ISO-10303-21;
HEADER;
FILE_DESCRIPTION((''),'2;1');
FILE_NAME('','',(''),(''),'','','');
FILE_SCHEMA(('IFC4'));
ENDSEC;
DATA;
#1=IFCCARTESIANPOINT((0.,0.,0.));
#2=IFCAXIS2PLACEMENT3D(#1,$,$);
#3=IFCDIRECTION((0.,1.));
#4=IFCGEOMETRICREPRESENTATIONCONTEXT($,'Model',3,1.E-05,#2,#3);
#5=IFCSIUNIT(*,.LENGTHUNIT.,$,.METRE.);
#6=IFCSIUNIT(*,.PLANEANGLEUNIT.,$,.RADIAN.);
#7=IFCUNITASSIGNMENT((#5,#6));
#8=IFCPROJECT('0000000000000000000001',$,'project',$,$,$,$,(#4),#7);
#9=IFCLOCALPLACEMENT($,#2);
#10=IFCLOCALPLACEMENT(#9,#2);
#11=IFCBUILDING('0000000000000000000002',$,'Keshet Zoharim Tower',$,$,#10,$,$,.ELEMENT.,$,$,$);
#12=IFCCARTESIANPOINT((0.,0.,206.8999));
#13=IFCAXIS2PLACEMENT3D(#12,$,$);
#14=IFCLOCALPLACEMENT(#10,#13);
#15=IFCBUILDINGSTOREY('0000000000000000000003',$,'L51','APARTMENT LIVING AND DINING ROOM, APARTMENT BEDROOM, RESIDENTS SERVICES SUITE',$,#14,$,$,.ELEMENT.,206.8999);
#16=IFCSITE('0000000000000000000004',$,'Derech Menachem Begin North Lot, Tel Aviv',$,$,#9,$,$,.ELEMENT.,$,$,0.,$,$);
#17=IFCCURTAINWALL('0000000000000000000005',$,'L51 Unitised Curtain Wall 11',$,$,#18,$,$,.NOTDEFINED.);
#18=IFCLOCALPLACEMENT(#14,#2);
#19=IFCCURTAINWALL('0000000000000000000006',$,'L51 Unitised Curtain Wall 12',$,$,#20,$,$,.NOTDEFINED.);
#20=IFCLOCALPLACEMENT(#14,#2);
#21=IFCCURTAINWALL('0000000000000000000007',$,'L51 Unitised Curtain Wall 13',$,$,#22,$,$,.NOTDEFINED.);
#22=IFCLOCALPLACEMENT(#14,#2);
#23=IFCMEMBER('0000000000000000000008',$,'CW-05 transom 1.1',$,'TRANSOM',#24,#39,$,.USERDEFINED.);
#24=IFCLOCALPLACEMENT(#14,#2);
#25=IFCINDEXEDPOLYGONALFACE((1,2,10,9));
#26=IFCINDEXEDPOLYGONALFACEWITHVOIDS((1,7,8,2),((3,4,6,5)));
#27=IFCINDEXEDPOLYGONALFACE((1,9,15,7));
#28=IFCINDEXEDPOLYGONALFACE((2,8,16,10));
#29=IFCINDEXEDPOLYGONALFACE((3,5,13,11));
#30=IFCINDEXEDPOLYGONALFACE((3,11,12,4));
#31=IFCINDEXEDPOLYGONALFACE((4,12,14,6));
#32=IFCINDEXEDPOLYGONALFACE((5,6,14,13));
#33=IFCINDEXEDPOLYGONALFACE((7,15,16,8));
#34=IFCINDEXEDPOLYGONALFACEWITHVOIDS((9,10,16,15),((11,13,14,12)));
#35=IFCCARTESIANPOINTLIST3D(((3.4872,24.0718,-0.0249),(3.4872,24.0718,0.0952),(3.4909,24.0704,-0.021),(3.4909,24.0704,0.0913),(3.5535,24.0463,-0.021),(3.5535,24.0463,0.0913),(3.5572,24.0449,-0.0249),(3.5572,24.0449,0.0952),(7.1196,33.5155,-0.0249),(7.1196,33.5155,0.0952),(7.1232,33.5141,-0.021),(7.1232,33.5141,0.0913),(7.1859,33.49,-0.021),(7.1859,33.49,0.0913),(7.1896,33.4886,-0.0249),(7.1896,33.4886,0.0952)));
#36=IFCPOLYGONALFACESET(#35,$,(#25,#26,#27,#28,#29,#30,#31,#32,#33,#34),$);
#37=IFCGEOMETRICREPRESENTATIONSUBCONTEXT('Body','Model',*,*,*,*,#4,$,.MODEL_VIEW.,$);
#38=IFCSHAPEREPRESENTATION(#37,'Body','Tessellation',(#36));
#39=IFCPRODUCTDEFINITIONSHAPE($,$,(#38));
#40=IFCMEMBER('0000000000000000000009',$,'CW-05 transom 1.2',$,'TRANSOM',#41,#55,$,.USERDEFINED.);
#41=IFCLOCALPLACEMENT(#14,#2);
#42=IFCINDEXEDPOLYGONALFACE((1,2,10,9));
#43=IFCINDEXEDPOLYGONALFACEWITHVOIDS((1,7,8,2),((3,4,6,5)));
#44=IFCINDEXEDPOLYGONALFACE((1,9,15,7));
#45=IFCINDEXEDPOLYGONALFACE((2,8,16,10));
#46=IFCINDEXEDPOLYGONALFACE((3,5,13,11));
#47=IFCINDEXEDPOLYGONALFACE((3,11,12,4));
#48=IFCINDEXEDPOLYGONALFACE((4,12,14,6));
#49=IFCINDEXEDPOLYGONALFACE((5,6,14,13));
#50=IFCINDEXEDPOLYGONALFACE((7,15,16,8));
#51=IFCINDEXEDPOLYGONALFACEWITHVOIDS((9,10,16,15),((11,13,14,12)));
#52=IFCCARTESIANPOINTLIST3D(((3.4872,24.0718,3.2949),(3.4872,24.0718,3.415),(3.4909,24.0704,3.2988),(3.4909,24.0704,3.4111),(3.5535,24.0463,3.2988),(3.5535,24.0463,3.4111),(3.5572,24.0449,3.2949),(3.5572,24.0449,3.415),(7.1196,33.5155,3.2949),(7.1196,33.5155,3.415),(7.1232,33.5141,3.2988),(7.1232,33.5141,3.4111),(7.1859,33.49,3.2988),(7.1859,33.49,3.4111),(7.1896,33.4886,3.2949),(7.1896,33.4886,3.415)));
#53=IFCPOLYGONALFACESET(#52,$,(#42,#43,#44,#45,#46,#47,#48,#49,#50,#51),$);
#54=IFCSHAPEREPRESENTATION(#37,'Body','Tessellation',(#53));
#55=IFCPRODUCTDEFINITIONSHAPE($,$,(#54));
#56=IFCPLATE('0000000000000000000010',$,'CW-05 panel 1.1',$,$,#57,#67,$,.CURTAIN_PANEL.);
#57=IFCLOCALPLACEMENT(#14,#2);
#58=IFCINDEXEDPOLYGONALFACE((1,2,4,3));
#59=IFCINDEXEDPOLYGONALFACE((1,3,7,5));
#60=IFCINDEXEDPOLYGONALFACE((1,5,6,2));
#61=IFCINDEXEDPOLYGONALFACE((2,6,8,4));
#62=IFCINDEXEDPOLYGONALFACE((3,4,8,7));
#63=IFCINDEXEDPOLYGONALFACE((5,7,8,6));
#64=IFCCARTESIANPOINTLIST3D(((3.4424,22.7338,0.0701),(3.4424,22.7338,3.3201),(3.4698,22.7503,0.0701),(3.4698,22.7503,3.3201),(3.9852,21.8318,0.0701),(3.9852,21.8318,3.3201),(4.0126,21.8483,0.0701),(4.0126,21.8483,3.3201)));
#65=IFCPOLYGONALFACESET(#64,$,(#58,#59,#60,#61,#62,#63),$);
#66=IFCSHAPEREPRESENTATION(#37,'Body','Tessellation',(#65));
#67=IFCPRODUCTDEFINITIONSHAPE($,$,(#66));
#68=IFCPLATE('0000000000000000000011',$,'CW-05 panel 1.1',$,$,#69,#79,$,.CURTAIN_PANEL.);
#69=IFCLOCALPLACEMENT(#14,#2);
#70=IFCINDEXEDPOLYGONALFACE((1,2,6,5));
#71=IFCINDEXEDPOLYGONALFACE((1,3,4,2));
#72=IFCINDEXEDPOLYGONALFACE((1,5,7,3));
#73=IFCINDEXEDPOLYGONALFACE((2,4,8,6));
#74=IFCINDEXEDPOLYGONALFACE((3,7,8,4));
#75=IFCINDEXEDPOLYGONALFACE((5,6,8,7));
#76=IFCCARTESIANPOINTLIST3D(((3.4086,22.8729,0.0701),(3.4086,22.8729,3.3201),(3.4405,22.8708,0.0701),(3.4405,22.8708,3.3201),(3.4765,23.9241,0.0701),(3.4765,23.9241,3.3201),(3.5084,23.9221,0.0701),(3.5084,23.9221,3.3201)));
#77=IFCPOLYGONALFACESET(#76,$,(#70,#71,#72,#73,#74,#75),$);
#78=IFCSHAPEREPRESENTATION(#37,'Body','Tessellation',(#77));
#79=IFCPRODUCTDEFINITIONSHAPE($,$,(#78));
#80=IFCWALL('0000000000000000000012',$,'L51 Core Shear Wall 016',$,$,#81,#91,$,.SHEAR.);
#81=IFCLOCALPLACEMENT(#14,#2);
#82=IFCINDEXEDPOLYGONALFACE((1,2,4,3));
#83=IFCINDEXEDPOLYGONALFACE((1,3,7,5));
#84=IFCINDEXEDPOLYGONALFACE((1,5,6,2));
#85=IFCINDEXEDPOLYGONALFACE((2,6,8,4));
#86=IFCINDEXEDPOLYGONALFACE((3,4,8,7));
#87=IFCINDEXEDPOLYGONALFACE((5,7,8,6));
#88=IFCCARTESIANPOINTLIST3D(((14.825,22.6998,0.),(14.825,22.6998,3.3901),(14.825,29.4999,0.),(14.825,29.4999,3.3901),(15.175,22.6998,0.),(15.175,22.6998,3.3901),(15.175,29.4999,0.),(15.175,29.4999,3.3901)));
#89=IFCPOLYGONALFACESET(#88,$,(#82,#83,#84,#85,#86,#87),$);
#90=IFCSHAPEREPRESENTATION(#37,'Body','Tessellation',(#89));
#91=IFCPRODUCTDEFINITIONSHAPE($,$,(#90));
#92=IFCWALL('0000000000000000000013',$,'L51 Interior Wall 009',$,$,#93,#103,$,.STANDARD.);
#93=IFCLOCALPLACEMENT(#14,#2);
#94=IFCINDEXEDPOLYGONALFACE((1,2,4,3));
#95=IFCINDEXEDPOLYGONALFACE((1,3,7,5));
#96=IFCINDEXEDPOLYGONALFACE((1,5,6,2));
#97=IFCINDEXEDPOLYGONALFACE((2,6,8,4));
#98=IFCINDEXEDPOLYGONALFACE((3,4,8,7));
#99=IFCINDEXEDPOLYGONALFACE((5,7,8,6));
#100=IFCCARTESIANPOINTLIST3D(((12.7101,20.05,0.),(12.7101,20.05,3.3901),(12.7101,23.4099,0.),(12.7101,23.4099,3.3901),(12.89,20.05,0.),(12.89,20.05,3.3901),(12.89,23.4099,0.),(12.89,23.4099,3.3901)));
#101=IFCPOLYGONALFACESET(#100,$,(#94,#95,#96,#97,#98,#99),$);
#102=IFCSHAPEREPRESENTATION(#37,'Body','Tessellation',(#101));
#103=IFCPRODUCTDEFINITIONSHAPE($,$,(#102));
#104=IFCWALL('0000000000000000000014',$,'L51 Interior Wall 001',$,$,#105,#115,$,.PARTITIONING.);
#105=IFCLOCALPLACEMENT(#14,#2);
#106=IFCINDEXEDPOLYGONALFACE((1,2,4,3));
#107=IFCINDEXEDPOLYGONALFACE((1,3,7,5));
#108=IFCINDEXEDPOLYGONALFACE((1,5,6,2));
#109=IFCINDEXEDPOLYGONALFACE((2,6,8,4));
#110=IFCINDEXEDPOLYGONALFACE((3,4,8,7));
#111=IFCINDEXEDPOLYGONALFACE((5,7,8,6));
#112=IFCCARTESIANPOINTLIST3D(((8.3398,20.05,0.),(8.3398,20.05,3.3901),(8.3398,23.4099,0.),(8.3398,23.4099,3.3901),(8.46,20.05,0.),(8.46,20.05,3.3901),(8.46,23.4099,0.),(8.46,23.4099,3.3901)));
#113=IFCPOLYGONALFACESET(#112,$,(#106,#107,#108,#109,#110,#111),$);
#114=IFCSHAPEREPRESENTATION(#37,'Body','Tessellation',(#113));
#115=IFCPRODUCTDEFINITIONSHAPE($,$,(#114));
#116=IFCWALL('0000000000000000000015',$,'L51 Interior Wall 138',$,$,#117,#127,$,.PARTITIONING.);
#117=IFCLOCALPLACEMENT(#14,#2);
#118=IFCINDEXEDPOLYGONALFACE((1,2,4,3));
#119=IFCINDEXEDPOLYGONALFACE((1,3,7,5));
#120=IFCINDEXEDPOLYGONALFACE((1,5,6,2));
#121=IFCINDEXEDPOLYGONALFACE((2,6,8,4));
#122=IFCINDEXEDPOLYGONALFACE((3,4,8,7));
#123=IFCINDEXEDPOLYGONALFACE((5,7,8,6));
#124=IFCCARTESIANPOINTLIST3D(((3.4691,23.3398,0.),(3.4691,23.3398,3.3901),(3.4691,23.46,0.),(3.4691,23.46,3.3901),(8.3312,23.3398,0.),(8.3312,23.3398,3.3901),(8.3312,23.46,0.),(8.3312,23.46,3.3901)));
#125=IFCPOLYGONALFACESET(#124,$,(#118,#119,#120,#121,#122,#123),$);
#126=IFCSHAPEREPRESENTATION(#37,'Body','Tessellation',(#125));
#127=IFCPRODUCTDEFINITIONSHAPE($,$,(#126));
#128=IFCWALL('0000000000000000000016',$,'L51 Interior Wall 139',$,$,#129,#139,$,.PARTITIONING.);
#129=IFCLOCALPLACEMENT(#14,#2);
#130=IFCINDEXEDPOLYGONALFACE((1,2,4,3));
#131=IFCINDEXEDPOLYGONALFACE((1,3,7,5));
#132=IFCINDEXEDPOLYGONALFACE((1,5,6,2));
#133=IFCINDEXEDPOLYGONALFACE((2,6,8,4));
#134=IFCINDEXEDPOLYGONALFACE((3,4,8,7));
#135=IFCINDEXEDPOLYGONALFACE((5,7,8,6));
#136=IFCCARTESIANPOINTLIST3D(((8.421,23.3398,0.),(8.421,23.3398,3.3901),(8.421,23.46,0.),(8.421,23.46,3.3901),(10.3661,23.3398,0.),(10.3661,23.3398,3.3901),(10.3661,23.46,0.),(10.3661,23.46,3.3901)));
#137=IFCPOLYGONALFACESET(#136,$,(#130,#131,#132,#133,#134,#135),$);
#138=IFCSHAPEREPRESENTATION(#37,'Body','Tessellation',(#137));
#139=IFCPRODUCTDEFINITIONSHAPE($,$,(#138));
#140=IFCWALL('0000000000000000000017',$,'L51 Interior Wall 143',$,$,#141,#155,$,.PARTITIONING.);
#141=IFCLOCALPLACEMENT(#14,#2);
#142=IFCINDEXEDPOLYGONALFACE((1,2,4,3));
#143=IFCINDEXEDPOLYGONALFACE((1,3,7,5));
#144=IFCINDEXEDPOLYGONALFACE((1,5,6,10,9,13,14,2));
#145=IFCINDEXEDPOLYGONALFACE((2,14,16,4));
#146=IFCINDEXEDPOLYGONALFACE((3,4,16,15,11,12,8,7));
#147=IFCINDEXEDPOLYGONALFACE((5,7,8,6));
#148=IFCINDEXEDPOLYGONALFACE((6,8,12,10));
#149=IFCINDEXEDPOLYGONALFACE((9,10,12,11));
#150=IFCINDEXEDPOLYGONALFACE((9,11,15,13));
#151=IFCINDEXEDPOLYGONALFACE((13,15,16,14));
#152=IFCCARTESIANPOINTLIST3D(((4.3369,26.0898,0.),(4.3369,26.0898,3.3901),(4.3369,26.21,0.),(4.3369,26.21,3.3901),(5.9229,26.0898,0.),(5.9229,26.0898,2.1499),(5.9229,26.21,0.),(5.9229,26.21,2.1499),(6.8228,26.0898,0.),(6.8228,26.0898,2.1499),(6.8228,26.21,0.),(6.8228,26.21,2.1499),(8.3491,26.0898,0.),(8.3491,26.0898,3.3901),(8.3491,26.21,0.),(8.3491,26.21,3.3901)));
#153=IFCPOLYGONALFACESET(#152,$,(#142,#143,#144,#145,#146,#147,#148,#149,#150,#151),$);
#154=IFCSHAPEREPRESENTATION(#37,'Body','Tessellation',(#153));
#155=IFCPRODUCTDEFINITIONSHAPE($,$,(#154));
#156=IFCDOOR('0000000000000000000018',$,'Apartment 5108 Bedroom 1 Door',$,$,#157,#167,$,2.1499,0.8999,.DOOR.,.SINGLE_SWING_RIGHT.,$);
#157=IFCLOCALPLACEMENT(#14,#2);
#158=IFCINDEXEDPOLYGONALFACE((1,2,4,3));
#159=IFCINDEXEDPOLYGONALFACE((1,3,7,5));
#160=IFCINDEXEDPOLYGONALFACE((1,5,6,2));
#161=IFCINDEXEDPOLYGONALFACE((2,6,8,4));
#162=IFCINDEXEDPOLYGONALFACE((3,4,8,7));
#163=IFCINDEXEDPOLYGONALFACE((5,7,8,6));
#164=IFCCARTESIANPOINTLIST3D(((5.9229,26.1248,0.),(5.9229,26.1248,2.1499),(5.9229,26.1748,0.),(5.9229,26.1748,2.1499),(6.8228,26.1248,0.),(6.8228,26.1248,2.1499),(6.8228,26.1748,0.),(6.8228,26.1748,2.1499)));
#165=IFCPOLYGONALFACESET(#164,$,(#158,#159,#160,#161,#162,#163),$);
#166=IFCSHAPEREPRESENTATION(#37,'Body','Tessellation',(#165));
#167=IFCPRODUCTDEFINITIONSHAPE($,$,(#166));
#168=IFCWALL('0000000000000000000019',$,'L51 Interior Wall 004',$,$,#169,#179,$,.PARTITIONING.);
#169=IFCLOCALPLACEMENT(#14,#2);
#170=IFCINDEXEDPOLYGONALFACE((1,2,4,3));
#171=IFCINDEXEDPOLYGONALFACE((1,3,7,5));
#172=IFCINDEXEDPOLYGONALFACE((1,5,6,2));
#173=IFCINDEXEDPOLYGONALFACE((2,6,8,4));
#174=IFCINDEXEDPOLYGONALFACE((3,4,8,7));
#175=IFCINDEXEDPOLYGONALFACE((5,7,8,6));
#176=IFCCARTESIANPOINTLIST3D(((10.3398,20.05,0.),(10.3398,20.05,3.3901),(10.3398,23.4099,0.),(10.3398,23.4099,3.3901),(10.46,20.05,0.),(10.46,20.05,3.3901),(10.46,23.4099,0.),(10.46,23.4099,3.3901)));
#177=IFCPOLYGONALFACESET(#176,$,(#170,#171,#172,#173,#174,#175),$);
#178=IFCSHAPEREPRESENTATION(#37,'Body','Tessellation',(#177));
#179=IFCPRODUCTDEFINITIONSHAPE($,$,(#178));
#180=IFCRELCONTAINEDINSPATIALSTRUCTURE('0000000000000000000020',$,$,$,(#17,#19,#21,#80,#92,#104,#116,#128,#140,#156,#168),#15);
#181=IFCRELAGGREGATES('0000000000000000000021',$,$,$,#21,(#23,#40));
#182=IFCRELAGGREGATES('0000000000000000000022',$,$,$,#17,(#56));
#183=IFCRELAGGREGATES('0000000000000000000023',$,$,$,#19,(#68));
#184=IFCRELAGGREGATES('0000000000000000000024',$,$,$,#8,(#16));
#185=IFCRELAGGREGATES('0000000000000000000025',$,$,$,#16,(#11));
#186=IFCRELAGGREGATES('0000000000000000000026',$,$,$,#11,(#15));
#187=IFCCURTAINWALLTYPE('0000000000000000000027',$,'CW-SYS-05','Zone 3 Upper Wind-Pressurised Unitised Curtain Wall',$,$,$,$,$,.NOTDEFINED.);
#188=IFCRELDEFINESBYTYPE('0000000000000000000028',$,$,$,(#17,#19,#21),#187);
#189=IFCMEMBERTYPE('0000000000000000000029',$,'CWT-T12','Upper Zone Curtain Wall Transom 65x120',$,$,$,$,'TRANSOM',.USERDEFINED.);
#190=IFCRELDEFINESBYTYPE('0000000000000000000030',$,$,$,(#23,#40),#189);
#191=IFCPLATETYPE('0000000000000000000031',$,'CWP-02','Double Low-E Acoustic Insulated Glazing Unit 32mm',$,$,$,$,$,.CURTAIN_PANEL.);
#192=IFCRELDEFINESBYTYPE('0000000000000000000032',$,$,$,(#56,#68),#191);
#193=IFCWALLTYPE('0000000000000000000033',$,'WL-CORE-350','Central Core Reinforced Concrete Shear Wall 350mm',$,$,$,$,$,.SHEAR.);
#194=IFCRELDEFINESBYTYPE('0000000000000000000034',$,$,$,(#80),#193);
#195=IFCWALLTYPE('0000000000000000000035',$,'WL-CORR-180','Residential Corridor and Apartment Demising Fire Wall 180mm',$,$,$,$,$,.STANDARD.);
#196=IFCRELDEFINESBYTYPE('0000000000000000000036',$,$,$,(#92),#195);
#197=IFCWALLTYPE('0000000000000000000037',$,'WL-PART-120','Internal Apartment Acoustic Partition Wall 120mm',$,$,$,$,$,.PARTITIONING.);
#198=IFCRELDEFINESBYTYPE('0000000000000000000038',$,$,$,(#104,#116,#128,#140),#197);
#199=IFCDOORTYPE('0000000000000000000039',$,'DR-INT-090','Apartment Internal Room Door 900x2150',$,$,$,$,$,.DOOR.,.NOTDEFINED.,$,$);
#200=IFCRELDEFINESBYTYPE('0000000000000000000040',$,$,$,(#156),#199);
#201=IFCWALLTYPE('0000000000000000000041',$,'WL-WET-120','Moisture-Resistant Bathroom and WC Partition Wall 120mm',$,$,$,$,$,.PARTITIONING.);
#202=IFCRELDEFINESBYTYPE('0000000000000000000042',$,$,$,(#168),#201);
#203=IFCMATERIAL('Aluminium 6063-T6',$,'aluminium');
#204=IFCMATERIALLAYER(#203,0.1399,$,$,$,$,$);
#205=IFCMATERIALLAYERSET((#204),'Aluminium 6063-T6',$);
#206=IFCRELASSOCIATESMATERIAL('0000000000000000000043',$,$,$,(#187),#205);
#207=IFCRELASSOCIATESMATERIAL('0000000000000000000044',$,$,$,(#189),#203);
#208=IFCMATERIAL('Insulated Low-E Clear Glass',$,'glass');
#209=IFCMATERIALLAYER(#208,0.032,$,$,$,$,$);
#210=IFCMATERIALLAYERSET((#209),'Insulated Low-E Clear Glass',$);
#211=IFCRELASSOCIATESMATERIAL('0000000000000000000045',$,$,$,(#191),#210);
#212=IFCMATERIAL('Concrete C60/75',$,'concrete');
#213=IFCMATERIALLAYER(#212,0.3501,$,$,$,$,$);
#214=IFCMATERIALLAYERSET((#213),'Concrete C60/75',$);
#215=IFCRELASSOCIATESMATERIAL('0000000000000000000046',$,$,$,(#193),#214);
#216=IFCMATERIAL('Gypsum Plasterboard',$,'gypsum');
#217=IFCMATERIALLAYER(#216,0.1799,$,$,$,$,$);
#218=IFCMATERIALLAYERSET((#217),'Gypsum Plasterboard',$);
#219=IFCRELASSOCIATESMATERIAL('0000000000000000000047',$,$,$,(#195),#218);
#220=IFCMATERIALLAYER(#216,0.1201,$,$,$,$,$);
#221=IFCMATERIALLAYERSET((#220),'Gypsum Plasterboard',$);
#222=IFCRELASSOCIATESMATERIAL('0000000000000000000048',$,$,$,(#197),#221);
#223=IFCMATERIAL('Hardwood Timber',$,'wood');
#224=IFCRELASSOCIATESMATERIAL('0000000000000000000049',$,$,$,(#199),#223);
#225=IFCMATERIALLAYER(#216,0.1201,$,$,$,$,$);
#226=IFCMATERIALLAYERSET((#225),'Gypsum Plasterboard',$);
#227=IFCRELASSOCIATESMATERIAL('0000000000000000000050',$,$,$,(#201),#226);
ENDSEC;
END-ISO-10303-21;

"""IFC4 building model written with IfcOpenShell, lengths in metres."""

from ifc_helpers import new_model, si_unit, direction, frame, frame_2d, origin, origin_2d, place, context, subcontext, project, spatial, rectangle, hollow_rectangle, extrude, material, layer, layer_set, material_profile, profile_set, type_object, element, fill, aggregate, save


model = new_model("IFC4")

# Units and contexts
model_context = context("Model", 3, precision=1e-05, world=origin(), true_north=direction((0.0, 1.0)))
body_context = subcontext(model_context, "Body", "Model", "MODEL_VIEW")
ifc_project = project(units=[si_unit("LENGTHUNIT", "METRE"), si_unit("PLANEANGLEUNIT", "RADIAN")], contexts=[model_context])

# Site, building, storey
site_placement = place(None, origin())
site = spatial("IfcSite", under=ifc_project, at=site_placement, Name="Derech Menachem Begin North Lot, Tel Aviv", CompositionType="ELEMENT", RefElevation=0.0)
building_placement = place(site_placement, origin())
building = spatial("IfcBuilding", under=site, at=building_placement, Name="Keshet Zoharim Tower", CompositionType="ELEMENT")
storey_placement = place(building_placement, frame((0.0, 0.0, 206.8999)))
storey = spatial("IfcBuildingStorey", under=building, at=storey_placement, Name="L51", Description="APARTMENT LIVING AND DINING ROOM, APARTMENT BEDROOM, RESIDENTS SERVICES SUITE", CompositionType="ELEMENT", Elevation=206.8999)

# Shared definitions
ifc_material_1 = material(Name="Aluminium 6063-T6", Category="aluminium")
ifc_layer_1 = layer(ifc_material_1, 0.1399)
ifc_layer_set_1 = layer_set([ifc_layer_1], Name="Aluminium 6063-T6")
curtain_wall_type = type_object("IfcCurtainWallType", Name="CW-SYS-05", Description="Zone 3 Upper Wind-Pressurised Unitised Curtain Wall", PredefinedType="NOTDEFINED", material=ifc_layer_set_1)

# Curtain walls
curtain_wall_1_placement = place(storey_placement, origin())
curtain_wall_1 = element("IfcCurtainWall", 1, at=curtain_wall_1_placement, inside=storey, type_object=curtain_wall_type, Name="L51 Unitised Curtain Wall 11", PredefinedType="NOTDEFINED")
curtain_wall_2_placement = place(storey_placement, origin())
curtain_wall_2 = element("IfcCurtainWall", 2, at=curtain_wall_2_placement, inside=storey, type_object=curtain_wall_type, Name="L51 Unitised Curtain Wall 12", PredefinedType="NOTDEFINED")

# Curtain wall
curtain_wall_3_placement = place(storey_placement, origin())
curtain_wall_3 = element("IfcCurtainWall", 3, at=curtain_wall_3_placement, inside=storey, type_object=curtain_wall_type, Name="L51 Unitised Curtain Wall 13", PredefinedType="NOTDEFINED")

# Members
ifc_material_profile_1 = material_profile(ifc_material_1, hollow_rectangle(XDim=0.075, YDim=0.1201, WallThickness=0.0039, at=origin_2d()), Name="TRN-75x120")
ifc_profile_set_1 = profile_set([ifc_material_profile_1], Name="Aluminium 6063-T6")
member_type_1 = type_object("IfcMemberType", Name="CWT-T12", Description="Upper Zone Curtain Wall Transom 65x120", ElementType="TRANSOM", PredefinedType="USERDEFINED", material=ifc_profile_set_1)
member_1_placement = place(storey_placement, frame((3.5222, 24.0583, 0.0352), z_axis=(0.358994, 0.93334, 0.0), x_axis=(-0.93334, 0.358994, 0.0)))
member_1 = element("IfcMember", 4, at=member_1_placement, type_object=member_type_1, Name="CW-05 transom 1.1", ObjectType="TRANSOM", PredefinedType="USERDEFINED", context=body_context, shape_type="SweptSolid", body=[
    extrude(hollow_rectangle(XDim=0.075, YDim=0.1201, WallThickness=0.0039, at=origin_2d()), origin(), (0.0, 0.0, 1.0), 10.1182),
])
member_2_placement = place(storey_placement, frame((3.5222, 24.0583, 3.355), z_axis=(0.358994, 0.93334, 0.0), x_axis=(-0.93334, 0.358994, 0.0)))
member_2 = element("IfcMember", 5, at=member_2_placement, type_object=member_type_1, Name="CW-05 transom 1.2", ObjectType="TRANSOM", PredefinedType="USERDEFINED", context=body_context, shape_type="SweptSolid", body=[
    extrude(hollow_rectangle(XDim=0.075, YDim=0.1201, WallThickness=0.0039, at=origin_2d()), origin(), (0.0, 0.0, 1.0), 10.1182),
])
aggregate(curtain_wall_3, [member_1, member_2])

# Plates
ifc_material_2 = material(Name="Insulated Low-E Clear Glass", Category="glass")
ifc_layer_2 = layer(ifc_material_2, 0.032)
ifc_layer_set_2 = layer_set([ifc_layer_2], Name="Insulated Low-E Clear Glass")
plate_type = type_object("IfcPlateType", Name="CWP-02", Description="Double Low-E Acoustic Insulated Glazing Unit 32mm", PredefinedType="CURTAIN_PANEL", material=ifc_layer_set_2)
plate_1_placement = place(storey_placement, frame((3.7275, 22.291, 0.0701), z_axis=(0.0, 0.0, 1.0), x_axis=(-0.515605, 0.856826, 0.0)))
plate_1 = element("IfcPlate", 6, at=plate_1_placement, type_object=plate_type, Name="CW-05 panel 1.1", PredefinedType="CURTAIN_PANEL", context=body_context, shape_type="SweptSolid", body=[
    extrude(rectangle(XDim=1.0527, YDim=0.032, at=origin_2d()), origin(), (0.0, 0.0, 1.0), 3.25),
])
aggregate(curtain_wall_1, [plate_1])
plate_2_placement = place(storey_placement, frame((3.4585, 23.3975, 0.0701), z_axis=(0.0, 0.0, 1.0), x_axis=(0.064517, 0.997917, 0.0)))
plate_2 = element("IfcPlate", 7, at=plate_2_placement, type_object=plate_type, Name="CW-05 panel 1.1", PredefinedType="CURTAIN_PANEL", context=body_context, shape_type="SweptSolid", body=[
    extrude(rectangle(XDim=1.0535, YDim=0.032, at=origin_2d()), origin(), (0.0, 0.0, 1.0), 3.25),
])
aggregate(curtain_wall_2, [plate_2])

# Walls
ifc_material_3 = material(Name="Concrete C60/75", Category="concrete")
ifc_layer_3 = layer(ifc_material_3, 0.3501)
ifc_layer_set_3 = layer_set([ifc_layer_3], Name="Concrete C60/75")
wall_type_1 = type_object("IfcWallType", Name="WL-CORE-350", Description="Central Core Reinforced Concrete Shear Wall 350mm", PredefinedType="SHEAR", material=ifc_layer_set_3)
wall_1_placement = place(storey_placement, frame((15.0, 22.7, 0.0), z_axis=(0.0, 0.0, 1.0), x_axis=(0.0, 1.0, 0.0)))
element("IfcWall", 8, at=wall_1_placement, inside=storey, type_object=wall_type_1, Name="L51 Core Shear Wall 016", PredefinedType="SHEAR", context=body_context, shape_type="SweptSolid", body=[
    extrude(rectangle(XDim=6.8, YDim=0.3501, at=frame_2d((3.3999, 0.0))), origin(), (0.0, 0.0, 1.0), 3.3901),
])
ifc_material_4 = material(Name="Gypsum Plasterboard", Category="gypsum")
ifc_layer_4 = layer(ifc_material_4, 0.1799)
ifc_layer_set_4 = layer_set([ifc_layer_4], Name="Gypsum Plasterboard")
wall_type_2 = type_object("IfcWallType", Name="WL-CORR-180", Description="Residential Corridor and Apartment Demising Fire Wall 180mm", PredefinedType="STANDARD", material=ifc_layer_set_4)
wall_2_placement = place(storey_placement, frame((12.8, 20.05, 0.0), z_axis=(0.0, 0.0, 1.0), x_axis=(0.0, 1.0, 0.0)))
element("IfcWall", 9, at=wall_2_placement, inside=storey, type_object=wall_type_2, Name="L51 Interior Wall 009", PredefinedType="STANDARD", context=body_context, shape_type="SweptSolid", body=[
    extrude(rectangle(XDim=3.3599, YDim=0.1799, at=frame_2d((1.6799, 0.0))), origin(), (0.0, 0.0, 1.0), 3.3901),
])

# Shared definitions
ifc_material_5 = material(Name="Hardwood Timber", Category="wood")

# Wall
ifc_layer_5 = layer(ifc_material_4, 0.1201)
ifc_layer_set_5 = layer_set([ifc_layer_5], Name="Gypsum Plasterboard")
wall_type_3 = type_object("IfcWallType", Name="WL-PART-120", Description="Internal Apartment Acoustic Partition Wall 120mm", PredefinedType="PARTITIONING", material=ifc_layer_set_5)
wall_3_placement = place(storey_placement, frame((8.3999, 20.05, 0.0), z_axis=(0.0, 0.0, 1.0), x_axis=(0.0, 1.0, 0.0)))
element("IfcWall", 10, at=wall_3_placement, inside=storey, type_object=wall_type_3, Name="L51 Interior Wall 001", PredefinedType="PARTITIONING", context=body_context, shape_type="SweptSolid", body=[
    extrude(rectangle(XDim=3.3599, YDim=0.1201, at=frame_2d((1.6799, 0.0))), origin(), (0.0, 0.0, 1.0), 3.3901),
])

# Shared definitions
door_type_1 = type_object("IfcDoorType", Name="DR-INT-090", Description="Apartment Internal Room Door 900x2150", OperationType="NOTDEFINED", PredefinedType="DOOR", material=ifc_material_5)

# Walls
wall_4_placement = place(storey_placement, frame((3.469, 23.3999, 0.0), z_axis=(0.0, 0.0, 1.0), x_axis=(1.0, 0.0, 0.0)))
element("IfcWall", 11, at=wall_4_placement, inside=storey, type_object=wall_type_3, Name="L51 Interior Wall 138", PredefinedType="PARTITIONING", context=body_context, shape_type="SweptSolid", body=[
    extrude(rectangle(XDim=4.8621, YDim=0.1201, at=frame_2d((2.4312, 0.0))), origin(), (0.0, 0.0, 1.0), 3.3901),
])
wall_5_placement = place(storey_placement, frame((8.4209, 23.3999, 0.0), z_axis=(0.0, 0.0, 1.0), x_axis=(1.0, 0.0, 0.0)))
element("IfcWall", 12, at=wall_5_placement, inside=storey, type_object=wall_type_3, Name="L51 Interior Wall 139", PredefinedType="PARTITIONING", context=body_context, shape_type="SweptSolid", body=[
    extrude(rectangle(XDim=1.9451, YDim=0.1201, at=frame_2d((0.9727, 0.0))), origin(), (0.0, 0.0, 1.0), 3.3901),
])

# Wall, opening, door
wall_6_placement = place(storey_placement, frame((4.3369, 26.1499, 0.0), z_axis=(0.0, 0.0, 1.0), x_axis=(1.0, 0.0, 0.0)))
wall_6 = element("IfcWall", 13, at=wall_6_placement, inside=storey, type_object=wall_type_3, Name="L51 Interior Wall 143", PredefinedType="PARTITIONING", context=body_context, shape_type="SweptSolid", body=[
    extrude(rectangle(XDim=4.0122, YDim=0.1201, at=frame_2d((2.0061, 0.0))), origin(), (0.0, 0.0, 1.0), 3.3901),
])
opening_1_placement = place(wall_6_placement, frame((1.5859, 0.0, 0.0)))
opening_1 = element("IfcOpeningElement", 14, at=opening_1_placement, cuts=wall_6, PredefinedType="OPENING", context=body_context, shape_type="SweptSolid", body=[
    extrude(rectangle(XDim=0.8999, YDim=2.1499, at=frame_2d((0.45, 1.075))), frame((0.0, 0.0701, 0.0), z_axis=(0.0, -1.0, 0.0), x_axis=(1.0, 0.0, 0.0)), (0.0, 0.0, 1.0), 0.1401),
])
door_1_placement = place(opening_1_placement, origin())
door_1 = element("IfcDoor", 15, at=door_1_placement, inside=storey, type_object=door_type_1, Name="Apartment 5108 Bedroom 1 Door", OperationType="SINGLE_SWING_RIGHT", OverallHeight=2.1499, OverallWidth=0.8999, PredefinedType="DOOR", context=body_context, shape_type="SweptSolid", body=[
    extrude(rectangle(XDim=0.8999, YDim=2.1499, at=frame_2d((0.45, 1.075))), frame((0.0, 0.0249, 0.0), z_axis=(0.0, -1.0, 0.0), x_axis=(1.0, 0.0, 0.0)), (0.0, 0.0, 1.0), 0.05),
])
fill(opening_1, door_1)

# Wall
ifc_layer_6 = layer(ifc_material_4, 0.1201)
ifc_layer_set_6 = layer_set([ifc_layer_6], Name="Gypsum Plasterboard")
wall_type_4 = type_object("IfcWallType", Name="WL-WET-120", Description="Moisture-Resistant Bathroom and WC Partition Wall 120mm", PredefinedType="PARTITIONING", material=ifc_layer_set_6)
wall_7_placement = place(storey_placement, frame((10.3999, 20.05, 0.0), z_axis=(0.0, 0.0, 1.0), x_axis=(0.0, 1.0, 0.0)))
element("IfcWall", 16, at=wall_7_placement, inside=storey, type_object=wall_type_4, Name="L51 Interior Wall 004", PredefinedType="PARTITIONING", context=body_context, shape_type="SweptSolid", body=[
    extrude(rectangle(XDim=3.3599, YDim=0.1201, at=frame_2d((1.6799, 0.0))), origin(), (0.0, 0.0, 1.0), 3.3901),
])

save(model, "model.ifc")
